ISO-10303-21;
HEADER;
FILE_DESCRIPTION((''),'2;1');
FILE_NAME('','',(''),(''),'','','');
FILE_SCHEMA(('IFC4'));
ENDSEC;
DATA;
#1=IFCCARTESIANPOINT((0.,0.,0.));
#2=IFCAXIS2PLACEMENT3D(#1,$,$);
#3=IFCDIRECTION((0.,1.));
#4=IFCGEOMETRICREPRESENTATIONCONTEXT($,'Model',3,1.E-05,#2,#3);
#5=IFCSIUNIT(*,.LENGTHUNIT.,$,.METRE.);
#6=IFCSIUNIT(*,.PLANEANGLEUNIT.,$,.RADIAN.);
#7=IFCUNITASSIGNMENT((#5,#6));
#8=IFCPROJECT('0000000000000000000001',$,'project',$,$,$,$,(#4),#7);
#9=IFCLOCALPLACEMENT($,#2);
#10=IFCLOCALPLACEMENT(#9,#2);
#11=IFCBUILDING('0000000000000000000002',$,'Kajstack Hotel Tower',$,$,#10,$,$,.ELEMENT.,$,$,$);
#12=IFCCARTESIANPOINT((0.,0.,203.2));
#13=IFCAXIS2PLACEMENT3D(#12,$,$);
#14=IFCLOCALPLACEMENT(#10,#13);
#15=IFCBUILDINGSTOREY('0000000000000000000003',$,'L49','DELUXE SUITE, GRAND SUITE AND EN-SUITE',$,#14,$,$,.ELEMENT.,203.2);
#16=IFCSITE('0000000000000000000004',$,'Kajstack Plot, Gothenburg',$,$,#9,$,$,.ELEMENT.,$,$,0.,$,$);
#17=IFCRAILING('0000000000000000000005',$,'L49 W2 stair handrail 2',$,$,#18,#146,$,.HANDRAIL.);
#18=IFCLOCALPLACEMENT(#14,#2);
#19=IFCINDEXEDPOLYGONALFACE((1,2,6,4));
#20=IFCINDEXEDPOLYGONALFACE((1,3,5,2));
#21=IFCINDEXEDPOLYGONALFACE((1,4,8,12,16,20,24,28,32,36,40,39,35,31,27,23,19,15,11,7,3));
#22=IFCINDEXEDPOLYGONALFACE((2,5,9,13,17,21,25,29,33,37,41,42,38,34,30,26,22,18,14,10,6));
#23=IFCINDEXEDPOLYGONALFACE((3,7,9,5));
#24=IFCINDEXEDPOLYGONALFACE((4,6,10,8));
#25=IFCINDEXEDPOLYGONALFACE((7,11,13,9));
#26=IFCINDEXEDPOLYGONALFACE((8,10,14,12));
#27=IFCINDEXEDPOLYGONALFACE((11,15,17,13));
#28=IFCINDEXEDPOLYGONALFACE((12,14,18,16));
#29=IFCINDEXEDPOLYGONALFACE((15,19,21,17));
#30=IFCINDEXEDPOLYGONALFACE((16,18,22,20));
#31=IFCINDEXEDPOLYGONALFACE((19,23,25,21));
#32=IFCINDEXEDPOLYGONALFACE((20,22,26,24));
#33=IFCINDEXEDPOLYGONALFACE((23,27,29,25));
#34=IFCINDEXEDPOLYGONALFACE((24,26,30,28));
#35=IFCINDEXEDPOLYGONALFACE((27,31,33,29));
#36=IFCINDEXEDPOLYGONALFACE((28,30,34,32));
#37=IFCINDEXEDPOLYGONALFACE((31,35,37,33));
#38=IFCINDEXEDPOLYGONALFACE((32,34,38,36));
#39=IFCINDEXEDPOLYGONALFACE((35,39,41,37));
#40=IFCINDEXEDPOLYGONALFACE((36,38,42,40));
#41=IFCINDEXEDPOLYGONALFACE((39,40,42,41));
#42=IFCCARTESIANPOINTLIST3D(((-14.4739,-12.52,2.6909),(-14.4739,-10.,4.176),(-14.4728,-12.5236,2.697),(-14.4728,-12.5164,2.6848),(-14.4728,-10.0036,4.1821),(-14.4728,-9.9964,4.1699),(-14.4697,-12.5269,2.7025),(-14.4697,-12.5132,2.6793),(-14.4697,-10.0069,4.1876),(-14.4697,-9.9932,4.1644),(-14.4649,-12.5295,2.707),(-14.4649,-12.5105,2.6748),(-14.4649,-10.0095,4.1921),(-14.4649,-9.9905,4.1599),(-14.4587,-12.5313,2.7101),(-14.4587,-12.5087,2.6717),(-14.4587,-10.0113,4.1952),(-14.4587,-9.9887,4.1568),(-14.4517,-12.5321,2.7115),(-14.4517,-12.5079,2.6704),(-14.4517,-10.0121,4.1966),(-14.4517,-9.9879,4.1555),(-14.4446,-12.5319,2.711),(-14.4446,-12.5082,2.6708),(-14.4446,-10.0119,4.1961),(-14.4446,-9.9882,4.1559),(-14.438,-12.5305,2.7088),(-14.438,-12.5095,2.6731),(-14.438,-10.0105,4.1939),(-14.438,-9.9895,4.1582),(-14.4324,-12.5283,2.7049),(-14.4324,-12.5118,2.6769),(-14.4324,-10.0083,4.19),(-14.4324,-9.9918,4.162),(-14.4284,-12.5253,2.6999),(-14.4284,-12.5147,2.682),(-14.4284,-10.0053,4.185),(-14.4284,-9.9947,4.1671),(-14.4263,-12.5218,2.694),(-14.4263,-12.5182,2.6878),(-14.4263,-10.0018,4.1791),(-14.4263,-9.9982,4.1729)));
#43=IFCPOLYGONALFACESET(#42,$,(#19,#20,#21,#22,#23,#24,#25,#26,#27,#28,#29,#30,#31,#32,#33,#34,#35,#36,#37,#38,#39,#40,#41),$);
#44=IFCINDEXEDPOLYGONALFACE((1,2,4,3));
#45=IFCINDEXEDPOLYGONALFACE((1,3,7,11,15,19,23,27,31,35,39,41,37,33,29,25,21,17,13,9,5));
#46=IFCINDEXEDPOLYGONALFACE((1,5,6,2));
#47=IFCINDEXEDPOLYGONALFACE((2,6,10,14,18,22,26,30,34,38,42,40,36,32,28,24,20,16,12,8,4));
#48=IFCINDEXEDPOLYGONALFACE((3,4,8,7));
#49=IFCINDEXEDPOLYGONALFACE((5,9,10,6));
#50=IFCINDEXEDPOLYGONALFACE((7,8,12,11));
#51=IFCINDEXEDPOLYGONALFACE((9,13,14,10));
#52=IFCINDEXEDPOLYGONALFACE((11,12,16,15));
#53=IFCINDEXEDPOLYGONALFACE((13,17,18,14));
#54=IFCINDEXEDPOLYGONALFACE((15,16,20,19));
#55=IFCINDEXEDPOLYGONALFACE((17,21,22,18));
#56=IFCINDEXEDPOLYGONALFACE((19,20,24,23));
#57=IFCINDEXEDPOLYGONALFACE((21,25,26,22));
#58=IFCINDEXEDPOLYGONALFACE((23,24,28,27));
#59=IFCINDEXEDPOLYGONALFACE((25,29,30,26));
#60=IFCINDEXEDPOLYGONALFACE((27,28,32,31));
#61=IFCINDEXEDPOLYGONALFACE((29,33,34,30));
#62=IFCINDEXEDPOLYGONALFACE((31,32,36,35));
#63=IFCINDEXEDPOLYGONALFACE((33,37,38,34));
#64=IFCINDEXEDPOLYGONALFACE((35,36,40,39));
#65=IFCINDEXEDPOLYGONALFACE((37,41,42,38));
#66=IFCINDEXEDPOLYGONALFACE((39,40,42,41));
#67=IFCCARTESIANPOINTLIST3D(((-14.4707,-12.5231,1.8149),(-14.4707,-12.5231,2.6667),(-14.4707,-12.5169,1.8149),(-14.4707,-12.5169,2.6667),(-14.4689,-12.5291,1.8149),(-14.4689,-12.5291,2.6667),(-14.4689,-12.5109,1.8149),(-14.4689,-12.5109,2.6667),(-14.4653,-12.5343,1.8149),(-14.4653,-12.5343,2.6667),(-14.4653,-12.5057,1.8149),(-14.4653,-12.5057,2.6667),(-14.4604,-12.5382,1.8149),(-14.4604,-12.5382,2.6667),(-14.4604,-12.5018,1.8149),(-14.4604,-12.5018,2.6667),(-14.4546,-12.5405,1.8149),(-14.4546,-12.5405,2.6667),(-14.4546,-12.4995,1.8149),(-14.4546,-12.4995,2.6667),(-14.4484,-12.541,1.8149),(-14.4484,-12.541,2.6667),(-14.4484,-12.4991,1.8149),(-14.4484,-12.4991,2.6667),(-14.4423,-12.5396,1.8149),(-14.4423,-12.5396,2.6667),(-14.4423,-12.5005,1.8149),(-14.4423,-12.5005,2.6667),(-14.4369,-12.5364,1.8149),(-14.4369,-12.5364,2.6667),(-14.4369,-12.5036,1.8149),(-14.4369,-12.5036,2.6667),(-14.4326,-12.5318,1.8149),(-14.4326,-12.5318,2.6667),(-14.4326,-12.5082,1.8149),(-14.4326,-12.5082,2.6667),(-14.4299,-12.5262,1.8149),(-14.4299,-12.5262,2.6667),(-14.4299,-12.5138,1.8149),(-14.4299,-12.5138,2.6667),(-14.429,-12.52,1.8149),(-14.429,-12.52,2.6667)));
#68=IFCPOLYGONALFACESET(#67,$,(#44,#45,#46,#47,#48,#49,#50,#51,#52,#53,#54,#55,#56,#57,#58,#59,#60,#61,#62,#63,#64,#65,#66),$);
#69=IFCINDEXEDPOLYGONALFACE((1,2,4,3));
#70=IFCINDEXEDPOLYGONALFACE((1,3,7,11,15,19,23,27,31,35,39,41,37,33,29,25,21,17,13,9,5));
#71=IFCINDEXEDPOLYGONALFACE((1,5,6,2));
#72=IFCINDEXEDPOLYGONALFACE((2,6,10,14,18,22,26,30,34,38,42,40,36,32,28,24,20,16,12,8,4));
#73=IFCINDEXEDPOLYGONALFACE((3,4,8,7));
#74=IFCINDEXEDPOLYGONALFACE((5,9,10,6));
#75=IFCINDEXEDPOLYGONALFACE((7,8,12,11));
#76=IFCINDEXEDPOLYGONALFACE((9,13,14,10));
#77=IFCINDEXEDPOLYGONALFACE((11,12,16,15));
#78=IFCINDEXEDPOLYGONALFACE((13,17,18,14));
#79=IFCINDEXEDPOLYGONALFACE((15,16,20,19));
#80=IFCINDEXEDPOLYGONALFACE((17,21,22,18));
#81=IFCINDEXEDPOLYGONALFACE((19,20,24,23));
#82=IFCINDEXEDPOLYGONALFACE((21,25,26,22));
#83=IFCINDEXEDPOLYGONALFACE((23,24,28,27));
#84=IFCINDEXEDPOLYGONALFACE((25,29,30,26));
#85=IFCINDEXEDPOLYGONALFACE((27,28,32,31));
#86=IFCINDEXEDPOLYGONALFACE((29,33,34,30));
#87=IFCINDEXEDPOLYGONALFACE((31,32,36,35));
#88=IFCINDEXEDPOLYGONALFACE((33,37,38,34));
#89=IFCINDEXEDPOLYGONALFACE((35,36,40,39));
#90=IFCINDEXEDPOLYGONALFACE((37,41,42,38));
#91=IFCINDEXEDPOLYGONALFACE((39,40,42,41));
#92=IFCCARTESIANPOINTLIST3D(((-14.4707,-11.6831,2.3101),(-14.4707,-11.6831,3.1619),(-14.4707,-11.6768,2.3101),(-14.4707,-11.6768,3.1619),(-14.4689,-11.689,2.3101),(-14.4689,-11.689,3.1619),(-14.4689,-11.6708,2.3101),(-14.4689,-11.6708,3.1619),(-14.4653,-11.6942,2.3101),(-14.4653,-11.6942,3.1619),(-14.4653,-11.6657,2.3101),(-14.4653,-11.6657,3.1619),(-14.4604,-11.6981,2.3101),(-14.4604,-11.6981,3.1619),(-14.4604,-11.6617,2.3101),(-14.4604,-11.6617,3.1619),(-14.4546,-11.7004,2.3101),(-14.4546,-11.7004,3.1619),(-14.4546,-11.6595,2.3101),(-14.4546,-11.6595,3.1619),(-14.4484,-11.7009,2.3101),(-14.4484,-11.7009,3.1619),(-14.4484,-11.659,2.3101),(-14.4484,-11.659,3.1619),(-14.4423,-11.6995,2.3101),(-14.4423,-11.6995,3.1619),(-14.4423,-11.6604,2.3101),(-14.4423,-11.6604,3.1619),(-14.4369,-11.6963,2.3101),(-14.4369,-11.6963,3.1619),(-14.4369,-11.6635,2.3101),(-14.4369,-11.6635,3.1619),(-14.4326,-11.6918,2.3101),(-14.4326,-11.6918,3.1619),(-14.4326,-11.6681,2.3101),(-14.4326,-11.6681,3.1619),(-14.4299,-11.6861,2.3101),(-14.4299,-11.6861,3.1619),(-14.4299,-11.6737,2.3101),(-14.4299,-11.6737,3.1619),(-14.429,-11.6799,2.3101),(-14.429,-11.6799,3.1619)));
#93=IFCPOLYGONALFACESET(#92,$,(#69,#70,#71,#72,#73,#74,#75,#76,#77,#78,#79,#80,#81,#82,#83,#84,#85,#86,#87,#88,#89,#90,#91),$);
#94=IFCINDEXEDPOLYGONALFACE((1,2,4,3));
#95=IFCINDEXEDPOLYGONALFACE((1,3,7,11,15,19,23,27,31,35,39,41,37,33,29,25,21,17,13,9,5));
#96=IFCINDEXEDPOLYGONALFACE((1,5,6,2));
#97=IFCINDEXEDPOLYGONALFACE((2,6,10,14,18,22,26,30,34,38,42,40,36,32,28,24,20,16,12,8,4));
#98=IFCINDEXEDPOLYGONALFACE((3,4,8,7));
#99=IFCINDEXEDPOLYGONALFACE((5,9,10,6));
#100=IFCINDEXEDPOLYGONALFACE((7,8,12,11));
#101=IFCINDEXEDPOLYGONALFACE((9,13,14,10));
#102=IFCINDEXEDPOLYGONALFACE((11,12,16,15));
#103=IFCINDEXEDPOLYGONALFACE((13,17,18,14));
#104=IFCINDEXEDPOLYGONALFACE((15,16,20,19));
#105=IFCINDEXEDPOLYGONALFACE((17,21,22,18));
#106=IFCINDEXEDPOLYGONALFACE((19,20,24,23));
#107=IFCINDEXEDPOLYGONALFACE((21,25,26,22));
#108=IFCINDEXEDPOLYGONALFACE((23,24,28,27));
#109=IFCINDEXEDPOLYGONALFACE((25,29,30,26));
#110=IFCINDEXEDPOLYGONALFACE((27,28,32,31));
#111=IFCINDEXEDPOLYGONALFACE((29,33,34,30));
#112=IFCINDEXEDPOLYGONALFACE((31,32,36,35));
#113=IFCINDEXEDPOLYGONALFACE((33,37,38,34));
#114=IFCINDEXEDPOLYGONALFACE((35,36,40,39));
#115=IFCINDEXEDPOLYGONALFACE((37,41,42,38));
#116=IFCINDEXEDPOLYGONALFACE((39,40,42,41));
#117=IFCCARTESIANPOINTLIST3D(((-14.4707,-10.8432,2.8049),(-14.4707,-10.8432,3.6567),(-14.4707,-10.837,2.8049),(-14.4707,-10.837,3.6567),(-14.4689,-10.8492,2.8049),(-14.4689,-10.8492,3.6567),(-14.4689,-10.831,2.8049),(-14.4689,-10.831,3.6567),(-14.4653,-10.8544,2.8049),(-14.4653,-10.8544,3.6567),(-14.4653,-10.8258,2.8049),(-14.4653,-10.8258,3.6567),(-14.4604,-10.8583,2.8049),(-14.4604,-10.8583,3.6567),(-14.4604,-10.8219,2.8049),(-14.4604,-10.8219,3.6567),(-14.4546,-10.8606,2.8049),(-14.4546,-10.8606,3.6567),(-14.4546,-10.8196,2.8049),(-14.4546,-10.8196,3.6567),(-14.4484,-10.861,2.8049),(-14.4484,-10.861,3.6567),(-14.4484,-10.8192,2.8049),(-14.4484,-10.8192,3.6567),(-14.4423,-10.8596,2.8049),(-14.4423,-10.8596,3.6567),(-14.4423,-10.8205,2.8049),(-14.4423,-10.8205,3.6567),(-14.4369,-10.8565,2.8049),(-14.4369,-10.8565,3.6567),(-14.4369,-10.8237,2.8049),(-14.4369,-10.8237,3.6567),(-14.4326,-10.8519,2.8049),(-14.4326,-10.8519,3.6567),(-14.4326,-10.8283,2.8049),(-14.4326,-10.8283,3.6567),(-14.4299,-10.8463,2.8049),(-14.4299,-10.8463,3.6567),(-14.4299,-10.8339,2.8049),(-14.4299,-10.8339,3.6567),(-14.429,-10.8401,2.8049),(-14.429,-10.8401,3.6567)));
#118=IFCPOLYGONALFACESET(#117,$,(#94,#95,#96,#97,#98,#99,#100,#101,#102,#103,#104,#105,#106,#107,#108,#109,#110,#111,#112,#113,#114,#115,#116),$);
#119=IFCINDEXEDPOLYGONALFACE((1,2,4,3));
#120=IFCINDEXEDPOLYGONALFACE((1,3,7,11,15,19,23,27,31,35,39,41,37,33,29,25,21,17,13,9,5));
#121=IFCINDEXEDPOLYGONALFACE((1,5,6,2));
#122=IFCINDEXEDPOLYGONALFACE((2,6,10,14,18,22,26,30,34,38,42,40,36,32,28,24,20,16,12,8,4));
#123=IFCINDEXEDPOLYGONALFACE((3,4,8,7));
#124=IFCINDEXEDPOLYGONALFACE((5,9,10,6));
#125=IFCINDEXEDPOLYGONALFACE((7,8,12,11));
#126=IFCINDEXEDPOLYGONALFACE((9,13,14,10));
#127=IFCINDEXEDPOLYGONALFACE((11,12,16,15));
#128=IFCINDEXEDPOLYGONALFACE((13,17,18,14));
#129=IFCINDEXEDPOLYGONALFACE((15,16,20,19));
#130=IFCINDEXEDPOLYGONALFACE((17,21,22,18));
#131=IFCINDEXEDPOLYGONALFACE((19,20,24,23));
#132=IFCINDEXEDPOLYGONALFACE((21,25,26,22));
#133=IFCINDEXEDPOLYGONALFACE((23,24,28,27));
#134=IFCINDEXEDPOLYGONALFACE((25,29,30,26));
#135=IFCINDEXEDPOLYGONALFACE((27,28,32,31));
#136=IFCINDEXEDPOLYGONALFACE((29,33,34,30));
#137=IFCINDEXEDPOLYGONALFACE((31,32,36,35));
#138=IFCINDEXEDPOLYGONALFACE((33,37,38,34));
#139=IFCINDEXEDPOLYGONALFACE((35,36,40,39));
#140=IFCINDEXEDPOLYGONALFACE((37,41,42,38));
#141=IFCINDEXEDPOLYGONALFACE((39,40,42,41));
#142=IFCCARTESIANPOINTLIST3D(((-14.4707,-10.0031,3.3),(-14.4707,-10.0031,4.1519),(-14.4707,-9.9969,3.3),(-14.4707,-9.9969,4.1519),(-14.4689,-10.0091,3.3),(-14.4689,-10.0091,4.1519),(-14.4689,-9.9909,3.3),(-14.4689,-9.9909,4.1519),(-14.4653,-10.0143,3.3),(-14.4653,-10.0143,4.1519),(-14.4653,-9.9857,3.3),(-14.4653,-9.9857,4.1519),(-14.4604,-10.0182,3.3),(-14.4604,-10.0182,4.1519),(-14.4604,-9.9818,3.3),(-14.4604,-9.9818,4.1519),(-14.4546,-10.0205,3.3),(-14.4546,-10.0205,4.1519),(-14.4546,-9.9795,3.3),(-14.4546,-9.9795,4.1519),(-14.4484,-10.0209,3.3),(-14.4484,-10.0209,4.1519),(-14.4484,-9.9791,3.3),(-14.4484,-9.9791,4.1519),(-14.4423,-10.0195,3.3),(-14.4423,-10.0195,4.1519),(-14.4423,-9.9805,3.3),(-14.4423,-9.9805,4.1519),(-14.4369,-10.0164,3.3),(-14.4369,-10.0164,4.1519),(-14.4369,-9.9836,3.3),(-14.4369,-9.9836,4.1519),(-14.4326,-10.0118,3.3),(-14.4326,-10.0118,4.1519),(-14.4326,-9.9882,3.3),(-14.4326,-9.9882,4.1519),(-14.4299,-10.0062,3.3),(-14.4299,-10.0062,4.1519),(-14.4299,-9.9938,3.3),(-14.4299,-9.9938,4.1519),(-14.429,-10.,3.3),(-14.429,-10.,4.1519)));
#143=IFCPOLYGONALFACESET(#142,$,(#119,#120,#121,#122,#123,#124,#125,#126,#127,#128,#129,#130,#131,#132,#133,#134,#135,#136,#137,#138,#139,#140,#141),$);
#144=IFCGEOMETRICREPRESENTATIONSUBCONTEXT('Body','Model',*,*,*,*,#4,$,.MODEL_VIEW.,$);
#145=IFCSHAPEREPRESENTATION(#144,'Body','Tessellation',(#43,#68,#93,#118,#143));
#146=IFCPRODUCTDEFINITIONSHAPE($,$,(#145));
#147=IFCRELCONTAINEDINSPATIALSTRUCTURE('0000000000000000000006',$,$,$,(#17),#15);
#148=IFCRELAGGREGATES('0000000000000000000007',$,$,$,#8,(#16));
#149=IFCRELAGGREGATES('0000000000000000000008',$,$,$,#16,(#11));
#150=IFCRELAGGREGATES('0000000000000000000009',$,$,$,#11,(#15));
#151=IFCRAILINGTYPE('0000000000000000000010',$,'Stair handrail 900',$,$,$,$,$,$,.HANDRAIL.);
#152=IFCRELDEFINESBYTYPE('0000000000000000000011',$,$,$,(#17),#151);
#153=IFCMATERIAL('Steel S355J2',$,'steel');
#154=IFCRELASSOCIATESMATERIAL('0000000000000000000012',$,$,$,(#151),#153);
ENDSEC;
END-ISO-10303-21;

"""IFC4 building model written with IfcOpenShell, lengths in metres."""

from ifc_helpers import new_model, si_unit, direction, frame, origin, origin_2d, place, context, subcontext, project, spatial, circle, extrude, material, type_object, element, save


model = new_model("IFC4")

# Units and contexts
model_context = context("Model", 3, precision=1e-05, world=origin(), true_north=direction((0.0, 1.0)))
body_context = subcontext(model_context, "Body", "Model", "MODEL_VIEW")
ifc_project = project(units=[si_unit("LENGTHUNIT", "METRE"), si_unit("PLANEANGLEUNIT", "RADIAN")], contexts=[model_context])

# Site, building, storey
site_placement = place(None, origin())
site = spatial("IfcSite", under=ifc_project, at=site_placement, Name="Kajstack Plot, Gothenburg", CompositionType="ELEMENT", RefElevation=0.0)
building_placement = place(site_placement, origin())
building = spatial("IfcBuilding", under=site, at=building_placement, Name="Kajstack Hotel Tower", CompositionType="ELEMENT")
storey_placement = place(building_placement, frame((0.0, 0.0, 203.2)))
storey = spatial("IfcBuildingStorey", under=building, at=storey_placement, Name="L49", Description="DELUXE SUITE, GRAND SUITE AND EN-SUITE", CompositionType="ELEMENT", Elevation=203.2)

# Railing
ifc_material_1 = material(Name="Steel S355J2", Category="steel")
railing_type = type_object("IfcRailingType", Name="Stair handrail 900", PredefinedType="HANDRAIL", material=ifc_material_1)
railing_placement = place(storey_placement, frame((-14.45, -12.52, 1.8149)))
element("IfcRailing", 1, at=railing_placement, inside=storey, type_object=railing_type, Name="L49 W2 stair handrail 2", PredefinedType="HANDRAIL", context=body_context, shape_type="SweptSolid", body=[
    extrude(circle(Radius=0.0239, at=origin_2d()), frame((0.0, 0.0, 0.876), z_axis=(0.0, 0.861524, 0.507717), x_axis=(-1.0, 0.0, 0.0)), (0.0, 0.0, 1.0), 2.925),
    extrude(circle(Radius=0.021, at=origin_2d()), origin(), (0.0, 0.0, 1.0), 0.8518),
    extrude(circle(Radius=0.021, at=origin_2d()), frame((0.0, 0.8401, 0.4951)), (0.0, 0.0, 1.0), 0.8518),
    extrude(circle(Radius=0.021, at=origin_2d()), frame((0.0, 1.6799, 0.99)), (0.0, 0.0, 1.0), 0.8518),
    extrude(circle(Radius=0.021, at=origin_2d()), frame((0.0, 2.52, 1.4851)), (0.0, 0.0, 1.0), 0.8518),
])

save(model, "model.ifc")
